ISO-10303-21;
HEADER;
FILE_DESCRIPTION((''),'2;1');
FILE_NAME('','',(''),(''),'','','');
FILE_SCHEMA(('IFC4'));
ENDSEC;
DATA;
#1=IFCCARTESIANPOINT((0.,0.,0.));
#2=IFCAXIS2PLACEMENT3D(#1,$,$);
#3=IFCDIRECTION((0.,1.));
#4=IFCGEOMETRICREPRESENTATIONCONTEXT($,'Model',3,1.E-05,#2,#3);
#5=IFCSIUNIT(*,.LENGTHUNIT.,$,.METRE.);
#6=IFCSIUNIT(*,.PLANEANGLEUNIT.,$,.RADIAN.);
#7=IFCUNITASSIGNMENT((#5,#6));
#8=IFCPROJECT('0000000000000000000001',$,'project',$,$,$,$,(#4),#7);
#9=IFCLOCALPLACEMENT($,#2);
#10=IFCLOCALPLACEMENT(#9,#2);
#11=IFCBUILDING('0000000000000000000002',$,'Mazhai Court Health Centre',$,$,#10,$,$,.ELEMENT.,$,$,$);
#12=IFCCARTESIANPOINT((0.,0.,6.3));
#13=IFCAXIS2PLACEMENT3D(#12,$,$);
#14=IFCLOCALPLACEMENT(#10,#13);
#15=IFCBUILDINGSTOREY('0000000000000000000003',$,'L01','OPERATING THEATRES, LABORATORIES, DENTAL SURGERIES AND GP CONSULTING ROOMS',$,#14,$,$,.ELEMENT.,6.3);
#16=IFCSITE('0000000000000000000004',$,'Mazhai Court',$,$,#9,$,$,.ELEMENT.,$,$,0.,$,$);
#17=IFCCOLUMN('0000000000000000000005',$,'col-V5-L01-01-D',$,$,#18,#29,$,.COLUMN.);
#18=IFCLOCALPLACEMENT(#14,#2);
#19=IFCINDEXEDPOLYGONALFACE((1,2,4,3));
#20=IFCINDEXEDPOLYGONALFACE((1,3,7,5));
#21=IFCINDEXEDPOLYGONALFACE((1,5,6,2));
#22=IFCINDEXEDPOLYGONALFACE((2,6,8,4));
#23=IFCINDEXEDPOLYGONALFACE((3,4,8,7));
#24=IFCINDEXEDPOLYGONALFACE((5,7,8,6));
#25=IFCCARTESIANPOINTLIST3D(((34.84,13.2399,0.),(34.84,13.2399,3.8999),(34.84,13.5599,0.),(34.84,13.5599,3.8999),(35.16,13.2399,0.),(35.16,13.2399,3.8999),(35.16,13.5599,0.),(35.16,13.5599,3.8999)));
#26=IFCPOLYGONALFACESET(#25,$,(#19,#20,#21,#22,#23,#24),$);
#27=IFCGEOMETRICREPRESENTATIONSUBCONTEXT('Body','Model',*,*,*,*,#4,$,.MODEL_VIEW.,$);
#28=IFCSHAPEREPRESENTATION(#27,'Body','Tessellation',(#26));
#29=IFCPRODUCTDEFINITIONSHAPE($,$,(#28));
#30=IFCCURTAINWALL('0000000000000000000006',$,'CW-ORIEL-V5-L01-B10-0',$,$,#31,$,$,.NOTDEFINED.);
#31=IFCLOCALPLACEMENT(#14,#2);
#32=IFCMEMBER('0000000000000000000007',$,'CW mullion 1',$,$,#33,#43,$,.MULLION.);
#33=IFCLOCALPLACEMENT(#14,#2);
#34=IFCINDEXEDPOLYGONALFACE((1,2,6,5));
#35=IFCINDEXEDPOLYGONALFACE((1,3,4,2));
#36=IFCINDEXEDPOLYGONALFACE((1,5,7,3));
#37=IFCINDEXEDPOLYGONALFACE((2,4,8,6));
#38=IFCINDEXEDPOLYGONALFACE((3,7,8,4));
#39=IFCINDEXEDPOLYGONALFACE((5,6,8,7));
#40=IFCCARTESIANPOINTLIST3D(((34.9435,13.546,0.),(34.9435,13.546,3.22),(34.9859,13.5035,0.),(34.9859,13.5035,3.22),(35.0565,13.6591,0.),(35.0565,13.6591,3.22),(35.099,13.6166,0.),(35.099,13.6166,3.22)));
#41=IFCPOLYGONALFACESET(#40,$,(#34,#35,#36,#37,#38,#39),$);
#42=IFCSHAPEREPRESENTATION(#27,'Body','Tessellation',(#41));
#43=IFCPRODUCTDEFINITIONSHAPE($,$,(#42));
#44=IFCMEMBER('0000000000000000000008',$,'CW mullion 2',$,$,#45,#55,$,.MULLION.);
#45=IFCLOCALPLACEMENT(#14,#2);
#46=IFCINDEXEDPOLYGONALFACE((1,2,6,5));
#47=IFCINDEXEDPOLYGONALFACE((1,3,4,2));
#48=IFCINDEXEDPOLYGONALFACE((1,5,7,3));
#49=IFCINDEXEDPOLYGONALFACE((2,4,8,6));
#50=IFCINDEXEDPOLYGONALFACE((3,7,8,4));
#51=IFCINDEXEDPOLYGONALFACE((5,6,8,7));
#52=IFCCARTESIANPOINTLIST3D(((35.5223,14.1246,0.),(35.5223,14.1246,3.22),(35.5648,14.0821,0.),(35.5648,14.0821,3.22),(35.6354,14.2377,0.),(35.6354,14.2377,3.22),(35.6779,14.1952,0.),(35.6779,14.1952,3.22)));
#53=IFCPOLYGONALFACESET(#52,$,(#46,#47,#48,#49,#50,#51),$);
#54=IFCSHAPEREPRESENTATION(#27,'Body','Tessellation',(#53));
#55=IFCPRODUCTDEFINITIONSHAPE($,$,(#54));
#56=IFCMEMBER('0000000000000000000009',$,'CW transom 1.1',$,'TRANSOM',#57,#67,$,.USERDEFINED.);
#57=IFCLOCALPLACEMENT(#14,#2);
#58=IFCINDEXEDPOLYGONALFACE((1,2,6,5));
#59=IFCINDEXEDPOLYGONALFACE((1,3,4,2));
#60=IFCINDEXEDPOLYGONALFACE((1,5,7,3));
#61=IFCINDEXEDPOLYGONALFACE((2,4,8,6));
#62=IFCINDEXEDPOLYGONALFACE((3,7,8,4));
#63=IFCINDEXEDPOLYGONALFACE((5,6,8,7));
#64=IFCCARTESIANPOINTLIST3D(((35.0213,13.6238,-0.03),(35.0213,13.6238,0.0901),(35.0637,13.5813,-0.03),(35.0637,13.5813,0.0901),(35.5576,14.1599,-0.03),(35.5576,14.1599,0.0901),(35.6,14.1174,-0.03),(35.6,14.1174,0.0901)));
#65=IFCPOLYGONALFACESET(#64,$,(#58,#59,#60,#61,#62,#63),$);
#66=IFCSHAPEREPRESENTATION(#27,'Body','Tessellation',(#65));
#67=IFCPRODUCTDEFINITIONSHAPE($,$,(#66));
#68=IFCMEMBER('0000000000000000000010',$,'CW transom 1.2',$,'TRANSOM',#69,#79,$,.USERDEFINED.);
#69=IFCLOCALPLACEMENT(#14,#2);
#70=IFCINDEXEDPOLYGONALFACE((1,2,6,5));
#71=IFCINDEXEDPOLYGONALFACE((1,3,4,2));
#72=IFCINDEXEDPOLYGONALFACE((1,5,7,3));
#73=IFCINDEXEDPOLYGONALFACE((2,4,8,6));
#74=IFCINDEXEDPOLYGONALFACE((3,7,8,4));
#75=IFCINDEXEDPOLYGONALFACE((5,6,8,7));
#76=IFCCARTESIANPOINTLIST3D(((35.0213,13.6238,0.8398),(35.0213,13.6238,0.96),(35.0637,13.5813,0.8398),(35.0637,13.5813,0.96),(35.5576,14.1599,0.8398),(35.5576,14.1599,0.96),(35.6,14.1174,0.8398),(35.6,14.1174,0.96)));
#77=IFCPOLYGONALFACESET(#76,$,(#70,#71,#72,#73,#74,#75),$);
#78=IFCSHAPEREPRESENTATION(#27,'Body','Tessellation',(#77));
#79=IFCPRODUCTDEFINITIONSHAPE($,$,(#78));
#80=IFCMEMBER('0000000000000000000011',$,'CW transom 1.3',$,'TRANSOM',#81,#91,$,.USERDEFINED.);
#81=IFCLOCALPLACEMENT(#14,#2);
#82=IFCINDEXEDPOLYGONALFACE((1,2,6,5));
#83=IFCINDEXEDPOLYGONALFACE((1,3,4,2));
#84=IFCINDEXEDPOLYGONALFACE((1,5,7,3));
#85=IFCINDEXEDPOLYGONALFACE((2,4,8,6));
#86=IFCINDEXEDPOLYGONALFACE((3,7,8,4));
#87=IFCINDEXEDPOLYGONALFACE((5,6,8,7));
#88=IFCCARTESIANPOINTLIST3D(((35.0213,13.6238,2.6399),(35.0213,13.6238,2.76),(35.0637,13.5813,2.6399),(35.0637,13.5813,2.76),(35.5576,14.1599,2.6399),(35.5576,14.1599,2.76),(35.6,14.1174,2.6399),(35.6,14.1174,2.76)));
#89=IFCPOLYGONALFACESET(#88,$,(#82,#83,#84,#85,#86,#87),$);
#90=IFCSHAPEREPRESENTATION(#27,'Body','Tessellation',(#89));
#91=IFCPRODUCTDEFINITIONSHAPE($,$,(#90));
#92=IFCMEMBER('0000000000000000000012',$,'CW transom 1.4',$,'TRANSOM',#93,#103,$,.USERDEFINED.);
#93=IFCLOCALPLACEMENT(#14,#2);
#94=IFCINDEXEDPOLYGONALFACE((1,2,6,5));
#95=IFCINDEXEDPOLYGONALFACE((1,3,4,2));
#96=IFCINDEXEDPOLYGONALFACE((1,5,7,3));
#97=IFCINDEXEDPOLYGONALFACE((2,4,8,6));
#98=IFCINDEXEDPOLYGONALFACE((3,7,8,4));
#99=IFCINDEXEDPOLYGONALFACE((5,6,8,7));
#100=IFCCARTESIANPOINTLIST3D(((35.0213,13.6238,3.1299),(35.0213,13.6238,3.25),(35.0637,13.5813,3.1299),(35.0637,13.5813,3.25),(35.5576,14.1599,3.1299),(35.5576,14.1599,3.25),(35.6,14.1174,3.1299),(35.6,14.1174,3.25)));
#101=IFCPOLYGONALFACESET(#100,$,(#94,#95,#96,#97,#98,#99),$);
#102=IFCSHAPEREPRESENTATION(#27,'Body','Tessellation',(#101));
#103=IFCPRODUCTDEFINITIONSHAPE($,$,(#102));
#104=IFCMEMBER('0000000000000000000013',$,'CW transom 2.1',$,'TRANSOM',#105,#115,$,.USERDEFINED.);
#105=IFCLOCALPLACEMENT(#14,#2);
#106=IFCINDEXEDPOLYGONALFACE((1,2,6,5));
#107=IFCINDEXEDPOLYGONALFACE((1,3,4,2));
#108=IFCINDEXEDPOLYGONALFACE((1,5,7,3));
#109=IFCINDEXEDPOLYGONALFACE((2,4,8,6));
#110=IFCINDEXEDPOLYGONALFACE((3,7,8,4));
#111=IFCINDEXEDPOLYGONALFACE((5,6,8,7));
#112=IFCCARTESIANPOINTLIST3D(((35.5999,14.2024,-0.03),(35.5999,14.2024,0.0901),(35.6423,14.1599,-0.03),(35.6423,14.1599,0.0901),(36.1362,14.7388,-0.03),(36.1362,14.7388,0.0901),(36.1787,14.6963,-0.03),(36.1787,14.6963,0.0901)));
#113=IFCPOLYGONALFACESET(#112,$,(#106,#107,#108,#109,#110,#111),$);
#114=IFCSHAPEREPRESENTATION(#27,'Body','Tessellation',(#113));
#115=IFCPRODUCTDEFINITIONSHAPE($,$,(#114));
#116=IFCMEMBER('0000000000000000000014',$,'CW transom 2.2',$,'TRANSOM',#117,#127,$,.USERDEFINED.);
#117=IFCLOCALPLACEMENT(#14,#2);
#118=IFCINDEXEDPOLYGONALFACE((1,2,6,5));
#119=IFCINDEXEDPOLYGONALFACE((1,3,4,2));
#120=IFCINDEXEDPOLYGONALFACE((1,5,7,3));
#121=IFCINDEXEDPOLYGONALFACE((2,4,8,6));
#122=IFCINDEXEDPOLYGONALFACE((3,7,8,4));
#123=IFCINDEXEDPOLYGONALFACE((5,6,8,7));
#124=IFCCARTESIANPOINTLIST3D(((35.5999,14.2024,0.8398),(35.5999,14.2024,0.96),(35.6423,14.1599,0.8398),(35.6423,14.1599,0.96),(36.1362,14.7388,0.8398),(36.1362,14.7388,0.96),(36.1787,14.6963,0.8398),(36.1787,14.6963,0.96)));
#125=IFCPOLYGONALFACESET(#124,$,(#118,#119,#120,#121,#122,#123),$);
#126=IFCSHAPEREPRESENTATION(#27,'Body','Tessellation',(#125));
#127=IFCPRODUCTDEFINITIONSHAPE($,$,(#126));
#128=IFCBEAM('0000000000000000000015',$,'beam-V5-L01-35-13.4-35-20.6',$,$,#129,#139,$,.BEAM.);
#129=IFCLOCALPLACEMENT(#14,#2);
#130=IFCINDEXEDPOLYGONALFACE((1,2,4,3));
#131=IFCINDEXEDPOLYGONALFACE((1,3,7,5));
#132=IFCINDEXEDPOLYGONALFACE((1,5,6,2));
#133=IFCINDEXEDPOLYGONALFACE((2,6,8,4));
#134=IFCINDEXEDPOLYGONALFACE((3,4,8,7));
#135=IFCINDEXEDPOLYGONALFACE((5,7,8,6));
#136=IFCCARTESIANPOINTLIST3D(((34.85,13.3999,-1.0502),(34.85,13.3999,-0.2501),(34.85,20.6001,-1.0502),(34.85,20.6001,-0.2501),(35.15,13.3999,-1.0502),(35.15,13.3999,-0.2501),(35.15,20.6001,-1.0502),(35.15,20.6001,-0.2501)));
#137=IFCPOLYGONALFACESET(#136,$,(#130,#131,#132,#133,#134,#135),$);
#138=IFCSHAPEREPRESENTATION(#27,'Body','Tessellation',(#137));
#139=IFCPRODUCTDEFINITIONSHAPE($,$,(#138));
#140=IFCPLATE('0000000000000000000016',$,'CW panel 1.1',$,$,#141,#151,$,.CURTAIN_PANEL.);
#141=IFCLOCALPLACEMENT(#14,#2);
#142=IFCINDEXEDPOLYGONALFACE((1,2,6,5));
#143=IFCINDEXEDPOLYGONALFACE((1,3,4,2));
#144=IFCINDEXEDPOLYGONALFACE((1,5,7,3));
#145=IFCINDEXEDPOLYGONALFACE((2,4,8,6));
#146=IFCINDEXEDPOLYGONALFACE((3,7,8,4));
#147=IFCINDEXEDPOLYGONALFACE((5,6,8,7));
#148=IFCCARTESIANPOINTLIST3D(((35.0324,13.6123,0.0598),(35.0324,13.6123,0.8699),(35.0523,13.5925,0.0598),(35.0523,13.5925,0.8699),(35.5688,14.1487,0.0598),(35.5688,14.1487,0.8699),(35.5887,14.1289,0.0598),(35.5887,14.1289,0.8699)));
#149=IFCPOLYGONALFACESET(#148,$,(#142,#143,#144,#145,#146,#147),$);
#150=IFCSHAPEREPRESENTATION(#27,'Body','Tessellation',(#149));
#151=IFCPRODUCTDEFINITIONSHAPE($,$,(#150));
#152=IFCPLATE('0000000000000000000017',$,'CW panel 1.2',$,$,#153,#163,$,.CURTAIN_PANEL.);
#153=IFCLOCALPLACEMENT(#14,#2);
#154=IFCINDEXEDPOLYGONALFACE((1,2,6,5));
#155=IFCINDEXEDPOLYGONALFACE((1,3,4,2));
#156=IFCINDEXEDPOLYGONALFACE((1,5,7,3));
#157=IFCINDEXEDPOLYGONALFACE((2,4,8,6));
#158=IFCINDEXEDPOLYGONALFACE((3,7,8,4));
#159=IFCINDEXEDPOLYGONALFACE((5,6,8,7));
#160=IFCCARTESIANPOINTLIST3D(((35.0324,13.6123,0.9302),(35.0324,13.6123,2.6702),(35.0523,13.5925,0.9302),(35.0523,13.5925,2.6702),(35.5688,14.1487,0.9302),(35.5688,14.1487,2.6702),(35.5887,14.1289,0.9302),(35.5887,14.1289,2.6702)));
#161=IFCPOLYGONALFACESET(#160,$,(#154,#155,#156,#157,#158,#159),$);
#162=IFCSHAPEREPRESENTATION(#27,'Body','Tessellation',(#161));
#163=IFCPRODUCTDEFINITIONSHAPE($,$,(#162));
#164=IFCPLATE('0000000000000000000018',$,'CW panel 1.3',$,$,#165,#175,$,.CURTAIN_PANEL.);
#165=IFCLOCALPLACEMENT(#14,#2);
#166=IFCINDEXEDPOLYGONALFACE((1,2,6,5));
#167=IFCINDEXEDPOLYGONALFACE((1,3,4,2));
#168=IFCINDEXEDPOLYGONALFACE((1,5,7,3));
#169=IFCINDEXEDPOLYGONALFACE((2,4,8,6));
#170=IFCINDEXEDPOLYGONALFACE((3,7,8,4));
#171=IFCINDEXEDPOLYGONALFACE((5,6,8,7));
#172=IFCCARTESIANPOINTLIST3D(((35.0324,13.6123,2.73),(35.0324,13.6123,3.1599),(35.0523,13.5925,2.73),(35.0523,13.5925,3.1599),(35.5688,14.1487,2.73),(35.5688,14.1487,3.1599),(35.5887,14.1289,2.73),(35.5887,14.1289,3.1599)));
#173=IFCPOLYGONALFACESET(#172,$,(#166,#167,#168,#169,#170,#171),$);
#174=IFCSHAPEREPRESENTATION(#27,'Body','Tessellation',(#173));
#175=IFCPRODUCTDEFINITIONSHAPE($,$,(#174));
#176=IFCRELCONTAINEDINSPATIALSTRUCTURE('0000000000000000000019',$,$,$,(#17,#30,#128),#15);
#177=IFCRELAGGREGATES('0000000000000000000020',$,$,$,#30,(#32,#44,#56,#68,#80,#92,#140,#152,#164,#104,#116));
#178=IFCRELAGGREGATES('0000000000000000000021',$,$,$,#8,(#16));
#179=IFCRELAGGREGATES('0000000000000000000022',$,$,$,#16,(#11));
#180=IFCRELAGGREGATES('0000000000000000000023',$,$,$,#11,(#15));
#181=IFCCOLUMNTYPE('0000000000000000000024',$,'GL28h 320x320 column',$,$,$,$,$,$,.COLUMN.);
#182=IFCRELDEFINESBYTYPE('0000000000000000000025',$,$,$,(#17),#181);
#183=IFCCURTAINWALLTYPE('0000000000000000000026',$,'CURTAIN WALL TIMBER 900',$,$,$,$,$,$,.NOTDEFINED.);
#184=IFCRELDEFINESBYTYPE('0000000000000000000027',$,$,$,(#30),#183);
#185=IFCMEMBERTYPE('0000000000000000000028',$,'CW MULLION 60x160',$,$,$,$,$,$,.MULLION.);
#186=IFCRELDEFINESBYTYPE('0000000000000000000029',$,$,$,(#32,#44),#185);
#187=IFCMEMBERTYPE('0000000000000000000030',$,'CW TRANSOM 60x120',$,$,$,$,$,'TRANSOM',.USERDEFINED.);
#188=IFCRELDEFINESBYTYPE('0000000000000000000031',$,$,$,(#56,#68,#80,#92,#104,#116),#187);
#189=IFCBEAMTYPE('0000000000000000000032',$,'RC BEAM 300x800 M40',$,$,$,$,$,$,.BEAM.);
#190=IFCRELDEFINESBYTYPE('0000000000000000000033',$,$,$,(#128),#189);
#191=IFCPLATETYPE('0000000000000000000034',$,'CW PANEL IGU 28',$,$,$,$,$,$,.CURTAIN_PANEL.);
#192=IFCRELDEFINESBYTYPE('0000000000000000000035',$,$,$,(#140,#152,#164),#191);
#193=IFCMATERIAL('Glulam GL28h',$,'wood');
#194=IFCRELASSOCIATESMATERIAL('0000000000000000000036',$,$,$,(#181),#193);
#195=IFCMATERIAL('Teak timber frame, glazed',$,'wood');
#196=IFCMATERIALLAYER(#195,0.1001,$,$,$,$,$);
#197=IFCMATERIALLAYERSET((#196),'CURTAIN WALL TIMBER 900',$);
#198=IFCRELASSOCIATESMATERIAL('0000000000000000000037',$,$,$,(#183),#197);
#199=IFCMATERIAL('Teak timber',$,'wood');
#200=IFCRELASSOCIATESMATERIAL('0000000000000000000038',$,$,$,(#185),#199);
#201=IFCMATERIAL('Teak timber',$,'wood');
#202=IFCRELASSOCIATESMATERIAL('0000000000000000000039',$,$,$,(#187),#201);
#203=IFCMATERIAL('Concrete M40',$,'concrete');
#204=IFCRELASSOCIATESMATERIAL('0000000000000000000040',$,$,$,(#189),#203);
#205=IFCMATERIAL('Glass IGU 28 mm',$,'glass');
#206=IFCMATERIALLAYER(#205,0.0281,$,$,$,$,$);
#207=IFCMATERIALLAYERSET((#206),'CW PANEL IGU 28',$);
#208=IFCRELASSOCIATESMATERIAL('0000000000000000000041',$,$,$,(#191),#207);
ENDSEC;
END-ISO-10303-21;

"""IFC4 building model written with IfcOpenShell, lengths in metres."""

from ifc_helpers import new_model, si_unit, direction, frame, origin, origin_2d, place, context, subcontext, project, spatial, rectangle, extrude, material, layer, layer_set, material_profile, profile_set, type_object, element, aggregate, save


model = new_model("IFC4")

# Units and contexts
model_context = context("Model", 3, precision=1e-05, world=origin(), true_north=direction((0.0, 1.0)))
body_context = subcontext(model_context, "Body", "Model", "MODEL_VIEW")
ifc_project = project(units=[si_unit("LENGTHUNIT", "METRE"), si_unit("PLANEANGLEUNIT", "RADIAN")], contexts=[model_context])

# Site, building, storey
site_placement = place(None, origin())
site = spatial("IfcSite", under=ifc_project, at=site_placement, Name="Mazhai Court", CompositionType="ELEMENT", RefElevation=0.0)
building_placement = place(site_placement, origin())
building = spatial("IfcBuilding", under=site, at=building_placement, Name="Mazhai Court Health Centre", CompositionType="ELEMENT")
storey_placement = place(building_placement, frame((0.0, 0.0, 6.3)))
storey = spatial("IfcBuildingStorey", under=building, at=storey_placement, Name="L01", Description="OPERATING THEATRES, LABORATORIES, DENTAL SURGERIES AND GP CONSULTING ROOMS", CompositionType="ELEMENT", Elevation=6.3)

# Column
ifc_material_1 = material(Name="Glulam GL28h", Category="wood")
ifc_material_profile_1 = material_profile(ifc_material_1, rectangle(XDim=0.3201, YDim=0.3201, at=origin_2d()), Name="GL28h 320x320")
ifc_profile_set_1 = profile_set([ifc_material_profile_1], Name="Glulam GL28h")
column_type = type_object("IfcColumnType", Name="GL28h 320x320 column", PredefinedType="COLUMN", material=ifc_profile_set_1)
column_placement = place(storey_placement, frame((35.0, 13.3999, 0.0), z_axis=(0.0, 0.0, 1.0), x_axis=(1.0, 0.0, 0.0)))
element("IfcColumn", 1, at=column_placement, inside=storey, type_object=column_type, Name="col-V5-L01-01-D", PredefinedType="COLUMN", context=body_context, shape_type="SweptSolid", body=[
    extrude(rectangle(XDim=0.3201, YDim=0.3201, at=origin_2d()), origin(), (0.0, 0.0, 1.0), 3.8999),
])

# Curtain wall, members
ifc_material_2 = material(Name="Teak timber frame, glazed", Category="wood")
ifc_layer_1 = layer(ifc_material_2, 0.1001)
ifc_layer_set_1 = layer_set([ifc_layer_1], Name="CURTAIN WALL TIMBER 900")
curtain_wall_type = type_object("IfcCurtainWallType", Name="CURTAIN WALL TIMBER 900", PredefinedType="NOTDEFINED", material=ifc_layer_set_1)
curtain_wall_placement = place(storey_placement, origin())
curtain_wall = element("IfcCurtainWall", 2, at=curtain_wall_placement, inside=storey, type_object=curtain_wall_type, Name="CW-ORIEL-V5-L01-B10-0", PredefinedType="NOTDEFINED")
ifc_material_3 = material(Name="Teak timber", Category="wood")
ifc_material_profile_2 = material_profile(ifc_material_3, rectangle(XDim=0.0601, YDim=0.1599, at=origin_2d()), Name="CW MULLION 60x160")
ifc_profile_set_2 = profile_set([ifc_material_profile_2], Name="Teak timber")
member_type_1 = type_object("IfcMemberType", Name="CW MULLION 60x160", PredefinedType="MULLION", material=ifc_profile_set_2)
member_1_placement = place(storey_placement, frame((35.0212, 13.5813, 0.0), z_axis=(0.0, 0.0, 1.0), x_axis=(-0.707107, 0.707107, 0.0)))
member_1 = element("IfcMember", 3, at=member_1_placement, type_object=member_type_1, Name="CW mullion 1", PredefinedType="MULLION", context=body_context, shape_type="SweptSolid", body=[
    extrude(rectangle(XDim=0.0601, YDim=0.1599, at=origin_2d()), origin(), (0.0, 0.0, 1.0), 3.22),
])
member_2_placement = place(storey_placement, frame((35.6001, 14.1599, 0.0), z_axis=(0.0, 0.0, 1.0), x_axis=(-0.707107, 0.707107, 0.0)))
member_2 = element("IfcMember", 4, at=member_2_placement, type_object=member_type_1, Name="CW mullion 2", PredefinedType="MULLION", context=body_context, shape_type="SweptSolid", body=[
    extrude(rectangle(XDim=0.0601, YDim=0.1599, at=origin_2d()), origin(), (0.0, 0.0, 1.0), 3.22),
])
ifc_material_4 = material(Name="Teak timber", Category="wood")
ifc_material_profile_3 = material_profile(ifc_material_4, rectangle(XDim=0.0601, YDim=0.1201, at=origin_2d()), Name="CW TRANSOM 60x120")
ifc_profile_set_3 = profile_set([ifc_material_profile_3], Name="Teak timber")
member_type_2 = type_object("IfcMemberType", Name="CW TRANSOM 60x120", ElementType="TRANSOM", PredefinedType="USERDEFINED", material=ifc_profile_set_3)
member_3_placement = place(storey_placement, frame((35.0425, 13.6025, 0.03), z_axis=(0.707268, 0.706946, 0.0), x_axis=(-0.706946, 0.707268, 0.0)))
member_3 = element("IfcMember", 5, at=member_3_placement, type_object=member_type_2, Name="CW transom 1.1", ObjectType="TRANSOM", PredefinedType="USERDEFINED", context=body_context, shape_type="SweptSolid", body=[
    extrude(rectangle(XDim=0.0601, YDim=0.1201, at=origin_2d()), origin(), (0.0, 0.0, 1.0), 0.7583),
])
member_4_placement = place(storey_placement, frame((35.0425, 13.6025, 0.8999), z_axis=(0.707268, 0.706946, 0.0), x_axis=(-0.706946, 0.707268, 0.0)))
member_4 = element("IfcMember", 6, at=member_4_placement, type_object=member_type_2, Name="CW transom 1.2", ObjectType="TRANSOM", PredefinedType="USERDEFINED", context=body_context, shape_type="SweptSolid", body=[
    extrude(rectangle(XDim=0.0601, YDim=0.1201, at=origin_2d()), origin(), (0.0, 0.0, 1.0), 0.7583),
])
member_5_placement = place(storey_placement, frame((35.0425, 13.6025, 2.7), z_axis=(0.707268, 0.706946, 0.0), x_axis=(-0.706946, 0.707268, 0.0)))
member_5 = element("IfcMember", 7, at=member_5_placement, type_object=member_type_2, Name="CW transom 1.3", ObjectType="TRANSOM", PredefinedType="USERDEFINED", context=body_context, shape_type="SweptSolid", body=[
    extrude(rectangle(XDim=0.0601, YDim=0.1201, at=origin_2d()), origin(), (0.0, 0.0, 1.0), 0.7583),
])
member_6_placement = place(storey_placement, frame((35.0425, 13.6025, 3.1899), z_axis=(0.707268, 0.706946, 0.0), x_axis=(-0.706946, 0.707268, 0.0)))
member_6 = element("IfcMember", 8, at=member_6_placement, type_object=member_type_2, Name="CW transom 1.4", ObjectType="TRANSOM", PredefinedType="USERDEFINED", context=body_context, shape_type="SweptSolid", body=[
    extrude(rectangle(XDim=0.0601, YDim=0.1201, at=origin_2d()), origin(), (0.0, 0.0, 1.0), 0.7583),
])
member_7_placement = place(storey_placement, frame((35.6211, 14.1812, 0.03), z_axis=(0.707107, 0.707107, 0.0), x_axis=(-0.707107, 0.707107, 0.0)))
member_7 = element("IfcMember", 9, at=member_7_placement, type_object=member_type_2, Name="CW transom 2.1", ObjectType="TRANSOM", PredefinedType="USERDEFINED", context=body_context, shape_type="SweptSolid", body=[
    extrude(rectangle(XDim=0.0601, YDim=0.1201, at=origin_2d()), origin(), (0.0, 0.0, 1.0), 0.7585),
])
member_8_placement = place(storey_placement, frame((35.6211, 14.1812, 0.8999), z_axis=(0.707107, 0.707107, 0.0), x_axis=(-0.707107, 0.707107, 0.0)))
member_8 = element("IfcMember", 10, at=member_8_placement, type_object=member_type_2, Name="CW transom 2.2", ObjectType="TRANSOM", PredefinedType="USERDEFINED", context=body_context, shape_type="SweptSolid", body=[
    extrude(rectangle(XDim=0.0601, YDim=0.1201, at=origin_2d()), origin(), (0.0, 0.0, 1.0), 0.7585),
])

# Beam
ifc_material_5 = material(Name="Concrete M40", Category="concrete")
ifc_material_profile_4 = material_profile(ifc_material_5, rectangle(XDim=0.3, YDim=0.8, at=origin_2d()), Name="RC 300x800")
ifc_profile_set_4 = profile_set([ifc_material_profile_4], Name="Concrete M40")
beam_type = type_object("IfcBeamType", Name="RC BEAM 300x800 M40", PredefinedType="BEAM", material=ifc_profile_set_4)
beam_placement = place(storey_placement, frame((35.0, 13.3999, -0.6501), z_axis=(0.0, 1.0, 0.0), x_axis=(-1.0, 0.0, 0.0)))
element("IfcBeam", 11, at=beam_placement, inside=storey, type_object=beam_type, Name="beam-V5-L01-35-13.4-35-20.6", PredefinedType="BEAM", context=body_context, shape_type="SweptSolid", body=[
    extrude(rectangle(XDim=0.3, YDim=0.8, at=origin_2d()), origin(), (0.0, 0.0, 1.0), 7.2002),
])

# Plates
ifc_material_6 = material(Name="Glass IGU 28 mm", Category="glass")
ifc_layer_2 = layer(ifc_material_6, 0.0281)
ifc_layer_set_2 = layer_set([ifc_layer_2], Name="CW PANEL IGU 28")
plate_type = type_object("IfcPlateType", Name="CW PANEL IGU 28", PredefinedType="CURTAIN_PANEL", material=ifc_layer_set_2)
plate_1_placement = place(storey_placement, frame((35.3105, 13.8706, 0.0598), z_axis=(0.0, 0.0, 1.0), x_axis=(0.707107, 0.707107, 0.0)))
plate_1 = element("IfcPlate", 12, at=plate_1_placement, type_object=plate_type, Name="CW panel 1.1", PredefinedType="CURTAIN_PANEL", context=body_context, shape_type="SweptSolid", body=[
    extrude(rectangle(XDim=0.7585, YDim=0.0281, at=origin_2d()), origin(), (0.0, 0.0, 1.0), 0.8101),
])
plate_2_placement = place(storey_placement, frame((35.3105, 13.8706, 0.9302), z_axis=(0.0, 0.0, 1.0), x_axis=(0.707107, 0.707107, 0.0)))
plate_2 = element("IfcPlate", 13, at=plate_2_placement, type_object=plate_type, Name="CW panel 1.2", PredefinedType="CURTAIN_PANEL", context=body_context, shape_type="SweptSolid", body=[
    extrude(rectangle(XDim=0.7585, YDim=0.0281, at=origin_2d()), origin(), (0.0, 0.0, 1.0), 1.74),
])
plate_3_placement = place(storey_placement, frame((35.3105, 13.8706, 2.73), z_axis=(0.0, 0.0, 1.0), x_axis=(0.707107, 0.707107, 0.0)))
plate_3 = element("IfcPlate", 14, at=plate_3_placement, type_object=plate_type, Name="CW panel 1.3", PredefinedType="CURTAIN_PANEL", context=body_context, shape_type="SweptSolid", body=[
    extrude(rectangle(XDim=0.7585, YDim=0.0281, at=origin_2d()), origin(), (0.0, 0.0, 1.0), 0.4299),
])
aggregate(curtain_wall, [member_1, member_2, member_3, member_4, member_5, member_6, plate_1, plate_2, plate_3, member_7, member_8])

save(model, "model.ifc")
